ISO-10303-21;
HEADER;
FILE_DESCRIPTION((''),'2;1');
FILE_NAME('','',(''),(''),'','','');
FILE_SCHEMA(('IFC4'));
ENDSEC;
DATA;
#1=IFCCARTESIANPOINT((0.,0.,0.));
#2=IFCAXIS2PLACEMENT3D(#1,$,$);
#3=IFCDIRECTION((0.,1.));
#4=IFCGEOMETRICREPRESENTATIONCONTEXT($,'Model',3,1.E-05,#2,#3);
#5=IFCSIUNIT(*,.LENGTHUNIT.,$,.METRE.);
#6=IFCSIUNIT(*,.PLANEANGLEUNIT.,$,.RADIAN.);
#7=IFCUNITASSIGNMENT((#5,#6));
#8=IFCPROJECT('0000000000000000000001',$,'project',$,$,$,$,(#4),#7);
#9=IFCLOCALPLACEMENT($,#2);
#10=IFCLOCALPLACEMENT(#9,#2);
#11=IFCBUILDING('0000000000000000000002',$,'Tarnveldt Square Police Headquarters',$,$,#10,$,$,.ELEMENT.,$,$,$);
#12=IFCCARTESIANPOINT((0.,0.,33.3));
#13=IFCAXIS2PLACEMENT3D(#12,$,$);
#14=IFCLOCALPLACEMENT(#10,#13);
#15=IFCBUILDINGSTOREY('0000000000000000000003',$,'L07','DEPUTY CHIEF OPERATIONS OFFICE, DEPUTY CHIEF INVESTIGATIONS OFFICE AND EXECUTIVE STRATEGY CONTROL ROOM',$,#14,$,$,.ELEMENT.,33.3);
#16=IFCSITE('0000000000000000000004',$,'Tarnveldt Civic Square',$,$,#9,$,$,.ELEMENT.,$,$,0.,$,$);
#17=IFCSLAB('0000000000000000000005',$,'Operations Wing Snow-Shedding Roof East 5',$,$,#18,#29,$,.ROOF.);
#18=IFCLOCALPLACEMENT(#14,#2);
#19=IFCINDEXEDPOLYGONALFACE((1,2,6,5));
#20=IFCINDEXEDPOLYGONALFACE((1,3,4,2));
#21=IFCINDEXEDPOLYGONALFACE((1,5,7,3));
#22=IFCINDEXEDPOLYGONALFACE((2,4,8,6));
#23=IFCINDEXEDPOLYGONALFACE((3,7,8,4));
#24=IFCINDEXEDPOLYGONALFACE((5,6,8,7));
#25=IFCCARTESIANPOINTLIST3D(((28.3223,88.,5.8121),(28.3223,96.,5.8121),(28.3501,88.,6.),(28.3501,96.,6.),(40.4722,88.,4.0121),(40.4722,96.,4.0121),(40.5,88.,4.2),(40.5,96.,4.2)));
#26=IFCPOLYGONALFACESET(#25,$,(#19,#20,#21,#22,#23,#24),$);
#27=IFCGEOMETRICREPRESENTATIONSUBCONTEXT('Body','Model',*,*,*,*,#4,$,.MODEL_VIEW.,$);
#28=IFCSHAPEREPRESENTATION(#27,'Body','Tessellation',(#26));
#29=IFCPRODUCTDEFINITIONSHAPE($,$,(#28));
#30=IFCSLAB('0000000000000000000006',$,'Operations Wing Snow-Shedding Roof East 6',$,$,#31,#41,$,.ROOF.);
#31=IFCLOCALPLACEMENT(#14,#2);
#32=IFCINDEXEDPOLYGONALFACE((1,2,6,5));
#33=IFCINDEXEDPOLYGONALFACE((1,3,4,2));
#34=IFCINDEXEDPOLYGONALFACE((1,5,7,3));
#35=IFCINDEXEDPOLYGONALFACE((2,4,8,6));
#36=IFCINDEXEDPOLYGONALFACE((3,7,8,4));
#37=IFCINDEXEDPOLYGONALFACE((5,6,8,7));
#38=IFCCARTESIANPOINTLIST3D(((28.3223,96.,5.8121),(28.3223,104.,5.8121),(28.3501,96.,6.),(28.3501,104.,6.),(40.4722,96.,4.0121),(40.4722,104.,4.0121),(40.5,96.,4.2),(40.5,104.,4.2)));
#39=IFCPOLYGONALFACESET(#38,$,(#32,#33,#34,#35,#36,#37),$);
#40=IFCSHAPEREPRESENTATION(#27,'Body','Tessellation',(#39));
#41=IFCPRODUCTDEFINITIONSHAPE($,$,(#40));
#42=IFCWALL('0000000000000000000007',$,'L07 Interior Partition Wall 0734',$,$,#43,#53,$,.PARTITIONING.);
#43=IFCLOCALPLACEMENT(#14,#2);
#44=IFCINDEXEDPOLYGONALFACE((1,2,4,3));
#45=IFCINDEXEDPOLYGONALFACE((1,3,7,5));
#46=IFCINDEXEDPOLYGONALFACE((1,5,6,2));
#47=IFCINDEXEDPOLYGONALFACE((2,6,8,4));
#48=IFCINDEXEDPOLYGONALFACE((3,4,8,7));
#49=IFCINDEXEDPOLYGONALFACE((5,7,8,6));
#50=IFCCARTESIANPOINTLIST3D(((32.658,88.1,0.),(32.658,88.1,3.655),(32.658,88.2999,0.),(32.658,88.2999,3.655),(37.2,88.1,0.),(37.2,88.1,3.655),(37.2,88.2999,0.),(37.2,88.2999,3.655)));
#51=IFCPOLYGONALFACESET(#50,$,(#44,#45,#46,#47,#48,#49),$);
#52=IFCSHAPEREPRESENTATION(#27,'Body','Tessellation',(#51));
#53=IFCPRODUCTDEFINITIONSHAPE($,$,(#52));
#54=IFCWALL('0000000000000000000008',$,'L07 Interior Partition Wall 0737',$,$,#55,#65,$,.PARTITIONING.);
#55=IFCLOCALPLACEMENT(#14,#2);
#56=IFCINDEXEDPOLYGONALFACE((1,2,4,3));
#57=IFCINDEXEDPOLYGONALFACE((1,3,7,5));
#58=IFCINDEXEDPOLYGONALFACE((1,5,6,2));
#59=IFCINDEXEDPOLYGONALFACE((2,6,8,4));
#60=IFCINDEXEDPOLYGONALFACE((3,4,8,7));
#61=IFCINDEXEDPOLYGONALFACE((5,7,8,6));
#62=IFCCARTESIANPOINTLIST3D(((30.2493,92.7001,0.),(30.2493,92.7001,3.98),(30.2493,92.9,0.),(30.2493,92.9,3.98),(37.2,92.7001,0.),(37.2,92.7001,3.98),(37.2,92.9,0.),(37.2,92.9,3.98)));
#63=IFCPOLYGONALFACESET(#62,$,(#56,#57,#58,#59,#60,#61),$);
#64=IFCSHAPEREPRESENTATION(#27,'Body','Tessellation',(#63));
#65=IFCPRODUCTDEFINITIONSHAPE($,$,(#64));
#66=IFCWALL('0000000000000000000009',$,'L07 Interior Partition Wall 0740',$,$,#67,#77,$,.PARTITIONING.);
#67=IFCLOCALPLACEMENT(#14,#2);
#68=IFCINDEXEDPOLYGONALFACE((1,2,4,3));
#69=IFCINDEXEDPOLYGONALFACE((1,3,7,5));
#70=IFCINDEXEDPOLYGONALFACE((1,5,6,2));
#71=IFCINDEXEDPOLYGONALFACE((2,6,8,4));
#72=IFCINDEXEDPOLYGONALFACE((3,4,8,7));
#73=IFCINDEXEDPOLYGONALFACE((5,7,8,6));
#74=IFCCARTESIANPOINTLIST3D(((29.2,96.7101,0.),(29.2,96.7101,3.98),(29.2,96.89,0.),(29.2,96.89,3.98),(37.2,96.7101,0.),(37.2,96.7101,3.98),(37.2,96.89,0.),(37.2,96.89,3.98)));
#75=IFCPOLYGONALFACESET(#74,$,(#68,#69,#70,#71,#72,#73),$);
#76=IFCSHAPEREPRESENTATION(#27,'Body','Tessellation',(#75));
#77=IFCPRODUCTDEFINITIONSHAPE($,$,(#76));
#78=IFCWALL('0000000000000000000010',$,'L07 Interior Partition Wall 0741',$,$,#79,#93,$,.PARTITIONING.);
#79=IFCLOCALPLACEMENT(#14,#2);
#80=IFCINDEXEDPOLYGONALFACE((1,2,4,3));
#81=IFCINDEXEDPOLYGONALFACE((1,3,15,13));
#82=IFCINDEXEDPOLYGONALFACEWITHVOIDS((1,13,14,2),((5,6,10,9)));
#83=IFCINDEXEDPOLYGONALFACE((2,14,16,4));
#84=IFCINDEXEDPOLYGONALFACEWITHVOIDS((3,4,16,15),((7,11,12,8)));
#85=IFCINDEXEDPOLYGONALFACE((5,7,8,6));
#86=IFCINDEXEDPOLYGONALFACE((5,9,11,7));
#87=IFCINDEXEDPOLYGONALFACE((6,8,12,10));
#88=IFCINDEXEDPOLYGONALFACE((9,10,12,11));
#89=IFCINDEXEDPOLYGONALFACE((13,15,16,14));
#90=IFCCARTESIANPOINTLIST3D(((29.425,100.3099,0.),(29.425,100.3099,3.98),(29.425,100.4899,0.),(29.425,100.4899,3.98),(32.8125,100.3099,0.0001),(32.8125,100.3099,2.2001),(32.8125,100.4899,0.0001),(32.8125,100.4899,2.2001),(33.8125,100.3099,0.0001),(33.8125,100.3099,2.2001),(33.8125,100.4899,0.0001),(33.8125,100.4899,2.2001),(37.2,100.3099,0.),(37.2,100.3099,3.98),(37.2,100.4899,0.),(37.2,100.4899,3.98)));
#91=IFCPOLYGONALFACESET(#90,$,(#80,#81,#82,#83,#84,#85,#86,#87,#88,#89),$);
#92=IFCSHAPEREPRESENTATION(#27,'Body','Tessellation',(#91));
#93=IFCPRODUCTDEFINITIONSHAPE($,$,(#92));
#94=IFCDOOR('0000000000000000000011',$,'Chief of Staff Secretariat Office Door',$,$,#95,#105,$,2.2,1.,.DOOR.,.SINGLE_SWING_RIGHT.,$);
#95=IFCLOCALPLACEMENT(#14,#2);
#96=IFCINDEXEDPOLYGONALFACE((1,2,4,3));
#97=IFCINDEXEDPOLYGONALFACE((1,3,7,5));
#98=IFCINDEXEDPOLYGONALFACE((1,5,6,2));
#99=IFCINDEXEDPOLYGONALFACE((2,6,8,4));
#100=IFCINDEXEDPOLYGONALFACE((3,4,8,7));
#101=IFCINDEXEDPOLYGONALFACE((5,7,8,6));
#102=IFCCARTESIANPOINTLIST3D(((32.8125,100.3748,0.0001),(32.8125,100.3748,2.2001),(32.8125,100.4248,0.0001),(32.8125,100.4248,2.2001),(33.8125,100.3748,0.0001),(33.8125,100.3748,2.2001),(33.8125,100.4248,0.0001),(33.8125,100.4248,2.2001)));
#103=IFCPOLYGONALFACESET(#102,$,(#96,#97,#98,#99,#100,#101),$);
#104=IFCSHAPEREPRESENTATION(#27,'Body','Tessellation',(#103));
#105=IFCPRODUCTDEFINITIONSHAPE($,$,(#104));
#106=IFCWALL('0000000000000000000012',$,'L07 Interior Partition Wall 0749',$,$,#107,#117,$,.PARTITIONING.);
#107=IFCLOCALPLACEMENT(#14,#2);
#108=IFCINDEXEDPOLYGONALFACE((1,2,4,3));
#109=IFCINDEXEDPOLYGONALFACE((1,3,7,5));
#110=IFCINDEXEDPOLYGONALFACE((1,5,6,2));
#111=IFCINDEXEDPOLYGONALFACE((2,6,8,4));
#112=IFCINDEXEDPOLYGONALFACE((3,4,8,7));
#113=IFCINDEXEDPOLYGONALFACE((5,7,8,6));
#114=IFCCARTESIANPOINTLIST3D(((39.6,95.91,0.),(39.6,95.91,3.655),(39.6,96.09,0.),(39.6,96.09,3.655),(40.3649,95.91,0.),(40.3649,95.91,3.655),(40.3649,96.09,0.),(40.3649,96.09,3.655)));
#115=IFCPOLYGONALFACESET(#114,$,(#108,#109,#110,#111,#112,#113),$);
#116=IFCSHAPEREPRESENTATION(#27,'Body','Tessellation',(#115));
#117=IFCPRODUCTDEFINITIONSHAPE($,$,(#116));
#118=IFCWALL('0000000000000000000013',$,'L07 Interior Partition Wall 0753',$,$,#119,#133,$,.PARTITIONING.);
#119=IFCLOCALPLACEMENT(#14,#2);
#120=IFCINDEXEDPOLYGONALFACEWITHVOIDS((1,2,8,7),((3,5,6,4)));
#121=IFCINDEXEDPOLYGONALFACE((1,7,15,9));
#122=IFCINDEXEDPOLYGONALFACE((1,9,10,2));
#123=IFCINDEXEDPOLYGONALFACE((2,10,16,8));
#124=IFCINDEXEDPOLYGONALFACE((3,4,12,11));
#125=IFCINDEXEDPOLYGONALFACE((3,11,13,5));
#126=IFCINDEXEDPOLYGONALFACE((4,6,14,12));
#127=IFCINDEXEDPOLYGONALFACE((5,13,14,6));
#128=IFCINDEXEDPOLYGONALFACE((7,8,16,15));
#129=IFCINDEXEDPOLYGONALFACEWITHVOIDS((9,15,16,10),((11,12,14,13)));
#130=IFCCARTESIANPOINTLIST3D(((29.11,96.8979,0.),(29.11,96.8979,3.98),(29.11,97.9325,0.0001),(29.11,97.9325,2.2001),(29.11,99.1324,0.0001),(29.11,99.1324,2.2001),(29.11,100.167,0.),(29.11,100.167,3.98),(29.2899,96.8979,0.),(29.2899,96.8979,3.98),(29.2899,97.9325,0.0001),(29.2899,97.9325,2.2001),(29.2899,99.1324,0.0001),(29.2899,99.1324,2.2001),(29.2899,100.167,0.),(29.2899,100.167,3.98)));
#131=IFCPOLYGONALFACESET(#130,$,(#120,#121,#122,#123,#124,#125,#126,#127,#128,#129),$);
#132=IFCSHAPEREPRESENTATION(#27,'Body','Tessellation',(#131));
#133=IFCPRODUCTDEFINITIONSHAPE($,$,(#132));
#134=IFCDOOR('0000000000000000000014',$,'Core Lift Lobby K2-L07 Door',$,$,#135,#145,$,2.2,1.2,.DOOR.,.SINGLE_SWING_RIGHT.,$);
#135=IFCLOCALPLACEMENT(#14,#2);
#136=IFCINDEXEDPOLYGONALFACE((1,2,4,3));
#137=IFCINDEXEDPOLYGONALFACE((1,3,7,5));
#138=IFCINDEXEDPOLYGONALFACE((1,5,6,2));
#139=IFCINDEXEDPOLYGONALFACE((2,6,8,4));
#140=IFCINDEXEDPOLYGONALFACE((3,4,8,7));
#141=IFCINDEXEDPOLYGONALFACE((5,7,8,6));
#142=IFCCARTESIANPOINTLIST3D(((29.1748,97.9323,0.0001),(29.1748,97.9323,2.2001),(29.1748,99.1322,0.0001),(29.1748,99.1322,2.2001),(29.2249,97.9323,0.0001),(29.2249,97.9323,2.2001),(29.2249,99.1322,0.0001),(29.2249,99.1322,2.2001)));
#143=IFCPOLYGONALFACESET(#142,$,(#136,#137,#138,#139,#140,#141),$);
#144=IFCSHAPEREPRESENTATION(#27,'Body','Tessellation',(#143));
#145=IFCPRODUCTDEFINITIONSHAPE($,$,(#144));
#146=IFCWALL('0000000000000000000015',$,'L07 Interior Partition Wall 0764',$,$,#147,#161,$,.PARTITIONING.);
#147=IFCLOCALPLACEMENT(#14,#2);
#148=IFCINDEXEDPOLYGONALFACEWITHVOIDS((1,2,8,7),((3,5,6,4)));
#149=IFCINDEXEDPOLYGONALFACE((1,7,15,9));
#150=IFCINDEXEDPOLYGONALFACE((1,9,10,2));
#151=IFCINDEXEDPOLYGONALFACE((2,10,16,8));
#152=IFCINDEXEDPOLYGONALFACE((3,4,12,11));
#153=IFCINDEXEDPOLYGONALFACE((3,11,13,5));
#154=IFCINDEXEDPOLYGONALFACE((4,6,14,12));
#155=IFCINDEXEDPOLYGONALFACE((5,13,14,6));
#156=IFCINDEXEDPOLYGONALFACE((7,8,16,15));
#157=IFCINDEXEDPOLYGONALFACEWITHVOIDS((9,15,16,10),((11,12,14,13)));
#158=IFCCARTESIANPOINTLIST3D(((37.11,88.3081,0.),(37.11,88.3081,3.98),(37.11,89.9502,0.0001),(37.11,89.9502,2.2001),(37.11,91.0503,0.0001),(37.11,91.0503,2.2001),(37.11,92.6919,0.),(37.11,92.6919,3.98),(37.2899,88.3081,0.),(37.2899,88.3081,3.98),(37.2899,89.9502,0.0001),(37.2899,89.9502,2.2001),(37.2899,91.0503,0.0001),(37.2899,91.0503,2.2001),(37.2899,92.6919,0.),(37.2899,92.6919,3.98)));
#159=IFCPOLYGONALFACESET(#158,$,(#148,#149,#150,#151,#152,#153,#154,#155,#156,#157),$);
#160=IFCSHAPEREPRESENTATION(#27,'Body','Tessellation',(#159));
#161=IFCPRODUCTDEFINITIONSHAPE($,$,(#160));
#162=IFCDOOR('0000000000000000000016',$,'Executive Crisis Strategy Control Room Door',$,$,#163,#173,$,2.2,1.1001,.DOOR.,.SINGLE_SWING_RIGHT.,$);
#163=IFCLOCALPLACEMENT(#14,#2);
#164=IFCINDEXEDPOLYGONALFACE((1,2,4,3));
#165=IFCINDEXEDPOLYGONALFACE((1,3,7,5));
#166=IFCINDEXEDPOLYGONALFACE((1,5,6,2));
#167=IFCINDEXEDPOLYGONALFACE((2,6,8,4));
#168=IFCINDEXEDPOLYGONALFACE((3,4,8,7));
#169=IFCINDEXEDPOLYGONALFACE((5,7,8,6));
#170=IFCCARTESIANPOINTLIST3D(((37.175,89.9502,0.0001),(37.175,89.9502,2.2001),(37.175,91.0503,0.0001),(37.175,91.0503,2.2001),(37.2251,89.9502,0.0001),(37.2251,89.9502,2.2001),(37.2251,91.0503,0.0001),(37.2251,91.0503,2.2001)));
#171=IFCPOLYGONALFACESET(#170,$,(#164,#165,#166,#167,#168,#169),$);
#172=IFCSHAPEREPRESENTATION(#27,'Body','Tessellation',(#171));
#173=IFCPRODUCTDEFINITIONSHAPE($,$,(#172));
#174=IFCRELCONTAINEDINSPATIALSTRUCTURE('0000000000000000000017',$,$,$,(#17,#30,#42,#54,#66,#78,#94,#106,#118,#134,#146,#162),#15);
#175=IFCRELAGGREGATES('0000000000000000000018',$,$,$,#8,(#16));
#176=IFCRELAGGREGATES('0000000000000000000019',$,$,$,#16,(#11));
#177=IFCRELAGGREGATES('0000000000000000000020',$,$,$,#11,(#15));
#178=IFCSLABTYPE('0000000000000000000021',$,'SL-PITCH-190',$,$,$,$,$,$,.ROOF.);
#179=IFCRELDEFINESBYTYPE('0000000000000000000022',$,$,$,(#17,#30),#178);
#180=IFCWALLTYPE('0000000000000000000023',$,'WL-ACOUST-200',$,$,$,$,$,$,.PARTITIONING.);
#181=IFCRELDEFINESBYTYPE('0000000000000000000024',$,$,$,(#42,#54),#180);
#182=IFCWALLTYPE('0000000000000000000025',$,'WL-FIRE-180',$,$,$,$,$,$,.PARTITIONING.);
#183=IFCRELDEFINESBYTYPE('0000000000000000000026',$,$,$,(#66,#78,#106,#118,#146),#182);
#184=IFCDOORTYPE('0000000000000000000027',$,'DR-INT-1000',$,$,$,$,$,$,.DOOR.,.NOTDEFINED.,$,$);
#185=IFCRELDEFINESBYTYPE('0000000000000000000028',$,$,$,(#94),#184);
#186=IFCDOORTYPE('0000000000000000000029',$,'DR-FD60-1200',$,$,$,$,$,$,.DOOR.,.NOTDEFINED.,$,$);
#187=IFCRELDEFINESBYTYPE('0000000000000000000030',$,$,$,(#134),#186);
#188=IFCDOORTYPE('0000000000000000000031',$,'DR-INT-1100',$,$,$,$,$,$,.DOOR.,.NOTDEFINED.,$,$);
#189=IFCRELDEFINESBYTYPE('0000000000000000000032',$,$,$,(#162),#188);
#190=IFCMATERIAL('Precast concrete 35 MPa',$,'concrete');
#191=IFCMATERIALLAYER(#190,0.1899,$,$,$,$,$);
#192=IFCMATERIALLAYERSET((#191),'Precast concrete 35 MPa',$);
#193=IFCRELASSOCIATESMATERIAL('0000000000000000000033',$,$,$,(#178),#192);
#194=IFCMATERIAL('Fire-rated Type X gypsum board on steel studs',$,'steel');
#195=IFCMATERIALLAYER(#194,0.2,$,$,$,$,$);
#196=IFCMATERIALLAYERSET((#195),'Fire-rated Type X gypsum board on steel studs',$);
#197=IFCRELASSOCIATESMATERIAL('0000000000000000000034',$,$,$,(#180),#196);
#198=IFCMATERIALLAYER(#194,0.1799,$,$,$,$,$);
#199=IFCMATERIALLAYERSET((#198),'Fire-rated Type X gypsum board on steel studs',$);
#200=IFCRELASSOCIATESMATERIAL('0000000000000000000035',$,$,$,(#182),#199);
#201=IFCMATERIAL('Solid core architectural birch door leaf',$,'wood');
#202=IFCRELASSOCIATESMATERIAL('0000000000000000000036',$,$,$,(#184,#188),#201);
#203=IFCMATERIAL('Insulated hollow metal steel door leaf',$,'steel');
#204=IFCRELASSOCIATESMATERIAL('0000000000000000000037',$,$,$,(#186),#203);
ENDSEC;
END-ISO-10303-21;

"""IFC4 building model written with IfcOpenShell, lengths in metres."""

from ifc_helpers import new_model, si_unit, direction, frame, frame_2d, origin, place, context, subcontext, project, spatial, polyline, rectangle, outline, extrude, material, layer, layer_set, type_object, element, fill, save


model = new_model("IFC4")

# Units and contexts
model_context = context("Model", 3, precision=1e-05, world=origin(), true_north=direction((0.0, 1.0)))
body_context = subcontext(model_context, "Body", "Model", "MODEL_VIEW")
ifc_project = project(units=[si_unit("LENGTHUNIT", "METRE"), si_unit("PLANEANGLEUNIT", "RADIAN")], contexts=[model_context])

# Site, building, storey
site_placement = place(None, origin())
site = spatial("IfcSite", under=ifc_project, at=site_placement, Name="Tarnveldt Civic Square", CompositionType="ELEMENT", RefElevation=0.0)
building_placement = place(site_placement, origin())
building = spatial("IfcBuilding", under=site, at=building_placement, Name="Tarnveldt Square Police Headquarters", CompositionType="ELEMENT")
storey_placement = place(building_placement, frame((0.0, 0.0, 33.3)))
storey = spatial("IfcBuildingStorey", under=building, at=storey_placement, Name="L07", Description="DEPUTY CHIEF OPERATIONS OFFICE, DEPUTY CHIEF INVESTIGATIONS OFFICE AND EXECUTIVE STRATEGY CONTROL ROOM", CompositionType="ELEMENT", Elevation=33.3)

# Slabs
ifc_material_1 = material(Name="Precast concrete 35 MPa", Category="concrete")
ifc_layer_1 = layer(ifc_material_1, 0.1899)
ifc_layer_set_1 = layer_set([ifc_layer_1], Name="Precast concrete 35 MPa")
slab_type = type_object("IfcSlabType", Name="SL-PITCH-190", PredefinedType="ROOF", material=ifc_layer_set_1)
for number, where, z_axis, x_axis, name in (
    (1, (28.3501, 88.0, 6.0), (0.146554, 0.0, 0.989203), (0.0, 1.0, 0.0), "Operations Wing Snow-Shedding Roof East 5"),
    (2, (28.3501, 96.0, 6.0), (0.146554, 0.0, 0.989203), (0.0, 1.0, 0.0), "Operations Wing Snow-Shedding Roof East 6"),
):
    element("IfcSlab", number, at=place(storey_placement, frame(where, z_axis=z_axis, x_axis=x_axis)), inside=storey, type_object=slab_type, Name=name, PredefinedType="ROOF", context=body_context, shape_type="SweptSolid", body=[
        extrude(outline(polyline([(0.0, 0.0), (8.0, 0.0), (8.0, -12.2825), (0.0, -12.2825), (0.0, 0.0)])), origin(), (0.0, 0.0, -1.0), 0.1899),
    ])

# Walls
ifc_material_2 = material(Name="Fire-rated Type X gypsum board on steel studs", Category="steel")
ifc_layer_2 = layer(ifc_material_2, 0.2)
ifc_layer_set_2 = layer_set([ifc_layer_2], Name="Fire-rated Type X gypsum board on steel studs")
wall_type_1 = type_object("IfcWallType", Name="WL-ACOUST-200", PredefinedType="PARTITIONING", material=ifc_layer_set_2)
wall_1_placement = place(storey_placement, frame((32.658, 88.2, 0.0), z_axis=(0.0, 0.0, 1.0), x_axis=(1.0, 0.0, 0.0)))
element("IfcWall", 3, at=wall_1_placement, inside=storey, type_object=wall_type_1, Name="L07 Interior Partition Wall 0734", PredefinedType="PARTITIONING", context=body_context, shape_type="SweptSolid", body=[
    extrude(rectangle(XDim=4.542, YDim=0.2, at=frame_2d((2.271, 0.0))), origin(), (0.0, 0.0, 1.0), 3.655),
])
wall_2_placement = place(storey_placement, frame((30.2493, 92.8, 0.0), z_axis=(0.0, 0.0, 1.0), x_axis=(1.0, 0.0, 0.0)))
element("IfcWall", 4, at=wall_2_placement, inside=storey, type_object=wall_type_1, Name="L07 Interior Partition Wall 0737", PredefinedType="PARTITIONING", context=body_context, shape_type="SweptSolid", body=[
    extrude(rectangle(XDim=6.9507, YDim=0.2, at=frame_2d((3.4753, 0.0))), origin(), (0.0, 0.0, 1.0), 3.98),
])
ifc_layer_3 = layer(ifc_material_2, 0.1799)
ifc_layer_set_3 = layer_set([ifc_layer_3], Name="Fire-rated Type X gypsum board on steel studs")
wall_type_2 = type_object("IfcWallType", Name="WL-FIRE-180", PredefinedType="PARTITIONING", material=ifc_layer_set_3)
wall_3_placement = place(storey_placement, frame((29.2, 96.8, 0.0), z_axis=(0.0, 0.0, 1.0), x_axis=(1.0, 0.0, 0.0)))
element("IfcWall", 5, at=wall_3_placement, inside=storey, type_object=wall_type_2, Name="L07 Interior Partition Wall 0740", PredefinedType="PARTITIONING", context=body_context, shape_type="SweptSolid", body=[
    extrude(rectangle(XDim=8.0, YDim=0.1799, at=frame_2d((4.0, 0.0))), origin(), (0.0, 0.0, 1.0), 3.98),
])

# Wall, opening, door
wall_4_placement = place(storey_placement, frame((29.425, 100.3999, 0.0), z_axis=(0.0, 0.0, 1.0), x_axis=(1.0, 0.0, 0.0)))
wall_4 = element("IfcWall", 6, at=wall_4_placement, inside=storey, type_object=wall_type_2, Name="L07 Interior Partition Wall 0741", PredefinedType="PARTITIONING", context=body_context, shape_type="SweptSolid", body=[
    extrude(rectangle(XDim=7.7749, YDim=0.1799, at=frame_2d((3.8875, 0.0))), origin(), (0.0, 0.0, 1.0), 3.98),
])
opening_1_placement = place(wall_4_placement, frame((3.3875, 0.0, 0.0)))
opening_1 = element("IfcOpeningElement", 7, at=opening_1_placement, cuts=wall_4, PredefinedType="OPENING", context=body_context, shape_type="SweptSolid", body=[
    extrude(rectangle(XDim=1.0, YDim=2.2, at=frame_2d((0.5, 1.1001))), frame((0.0, 0.0999, 0.0), z_axis=(0.0, -1.0, 0.0), x_axis=(1.0, 0.0, 0.0)), (0.0, 0.0, 1.0), 0.2),
])
ifc_material_3 = material(Name="Solid core architectural birch door leaf", Category="wood")
door_type_1 = type_object("IfcDoorType", Name="DR-INT-1000", OperationType="NOTDEFINED", PredefinedType="DOOR", material=ifc_material_3)
door_1_placement = place(opening_1_placement, origin())
door_1 = element("IfcDoor", 8, at=door_1_placement, inside=storey, type_object=door_type_1, Name="Chief of Staff Secretariat Office Door", OperationType="SINGLE_SWING_RIGHT", OverallHeight=2.2, OverallWidth=1.0, PredefinedType="DOOR", context=body_context, shape_type="SweptSolid", body=[
    extrude(rectangle(XDim=1.0, YDim=2.2, at=frame_2d((0.5, 1.1001))), frame((0.0, 0.0249, 0.0), z_axis=(0.0, -1.0, 0.0), x_axis=(1.0, 0.0, 0.0)), (0.0, 0.0, 1.0), 0.05),
])
fill(opening_1, door_1)

# Wall
wall_5_placement = place(storey_placement, frame((39.6001, 96.0, 0.0), z_axis=(0.0, 0.0, 1.0), x_axis=(1.0, 0.0, 0.0)))
element("IfcWall", 9, at=wall_5_placement, inside=storey, type_object=wall_type_2, Name="L07 Interior Partition Wall 0749", PredefinedType="PARTITIONING", context=body_context, shape_type="SweptSolid", body=[
    extrude(rectangle(XDim=0.7649, YDim=0.1799, at=frame_2d((0.3823, 0.0))), origin(), (0.0, 0.0, 1.0), 3.655),
])

# Walls, openings, doors
wall_6_placement = place(storey_placement, frame((29.2, 96.8979, 0.0), z_axis=(0.0, 0.0, 1.0), x_axis=(0.0, 1.0, 0.0)))
wall_6 = element("IfcWall", 10, at=wall_6_placement, inside=storey, type_object=wall_type_2, Name="L07 Interior Partition Wall 0753", PredefinedType="PARTITIONING", context=body_context, shape_type="SweptSolid", body=[
    extrude(rectangle(XDim=3.269, YDim=0.1799, at=frame_2d((1.6345, 0.0))), origin(), (0.0, 0.0, 1.0), 3.98),
])
opening_2_placement = place(wall_6_placement, frame((1.0344, 0.0, 0.0)))
opening_2 = element("IfcOpeningElement", 11, at=opening_2_placement, cuts=wall_6, PredefinedType="OPENING", context=body_context, shape_type="SweptSolid", body=[
    extrude(rectangle(XDim=1.2, YDim=2.2, at=frame_2d((0.6001, 1.1001))), frame((0.0, 0.0999, 0.0), z_axis=(0.0, -1.0, 0.0), x_axis=(1.0, 0.0, 0.0)), (0.0, 0.0, 1.0), 0.2),
])
ifc_material_4 = material(Name="Insulated hollow metal steel door leaf", Category="steel")
door_type_2 = type_object("IfcDoorType", Name="DR-FD60-1200", OperationType="NOTDEFINED", PredefinedType="DOOR", material=ifc_material_4)
door_2_placement = place(opening_2_placement, frame((1.2, 0.0, 0.0), z_axis=(0.0, 0.0, 1.0), x_axis=(-1.0, 0.0, 0.0)))
door_2 = element("IfcDoor", 12, at=door_2_placement, inside=storey, type_object=door_type_2, Name="Core Lift Lobby K2-L07 Door", OperationType="SINGLE_SWING_RIGHT", OverallHeight=2.2, OverallWidth=1.2, PredefinedType="DOOR", context=body_context, shape_type="SweptSolid", body=[
    extrude(rectangle(XDim=1.2, YDim=2.2, at=frame_2d((0.6001, 1.1001))), frame((0.0, 0.0249, 0.0), z_axis=(0.0, -1.0, 0.0), x_axis=(1.0, 0.0, 0.0)), (0.0, 0.0, 1.0), 0.05),
])
fill(opening_2, door_2)
wall_7_placement = place(storey_placement, frame((37.2, 88.3081, 0.0), z_axis=(0.0, 0.0, 1.0), x_axis=(0.0, 1.0, 0.0)))
wall_7 = element("IfcWall", 13, at=wall_7_placement, inside=storey, type_object=wall_type_2, Name="L07 Interior Partition Wall 0764", PredefinedType="PARTITIONING", context=body_context, shape_type="SweptSolid", body=[
    extrude(rectangle(XDim=4.3838, YDim=0.1799, at=frame_2d((2.1919, 0.0))), origin(), (0.0, 0.0, 1.0), 3.98),
])
opening_3_placement = place(wall_7_placement, frame((1.6421, 0.0, 0.0)))
opening_3 = element("IfcOpeningElement", 14, at=opening_3_placement, cuts=wall_7, PredefinedType="OPENING", context=body_context, shape_type="SweptSolid", body=[
    extrude(rectangle(XDim=1.1001, YDim=2.2, at=frame_2d((0.55, 1.1001))), frame((0.0, 0.0999, 0.0), z_axis=(0.0, -1.0, 0.0), x_axis=(1.0, 0.0, 0.0)), (0.0, 0.0, 1.0), 0.2),
])
door_type_3 = type_object("IfcDoorType", Name="DR-INT-1100", OperationType="NOTDEFINED", PredefinedType="DOOR", material=ifc_material_3)
door_3_placement = place(opening_3_placement, origin())
door_3 = element("IfcDoor", 15, at=door_3_placement, inside=storey, type_object=door_type_3, Name="Executive Crisis Strategy Control Room Door", OperationType="SINGLE_SWING_RIGHT", OverallHeight=2.2, OverallWidth=1.1001, PredefinedType="DOOR", context=body_context, shape_type="SweptSolid", body=[
    extrude(rectangle(XDim=1.1001, YDim=2.2, at=frame_2d((0.55, 1.1001))), frame((0.0, 0.0249, 0.0), z_axis=(0.0, -1.0, 0.0), x_axis=(1.0, 0.0, 0.0)), (0.0, 0.0, 1.0), 0.05),
])
fill(opening_3, door_3)

save(model, "model.ifc")
